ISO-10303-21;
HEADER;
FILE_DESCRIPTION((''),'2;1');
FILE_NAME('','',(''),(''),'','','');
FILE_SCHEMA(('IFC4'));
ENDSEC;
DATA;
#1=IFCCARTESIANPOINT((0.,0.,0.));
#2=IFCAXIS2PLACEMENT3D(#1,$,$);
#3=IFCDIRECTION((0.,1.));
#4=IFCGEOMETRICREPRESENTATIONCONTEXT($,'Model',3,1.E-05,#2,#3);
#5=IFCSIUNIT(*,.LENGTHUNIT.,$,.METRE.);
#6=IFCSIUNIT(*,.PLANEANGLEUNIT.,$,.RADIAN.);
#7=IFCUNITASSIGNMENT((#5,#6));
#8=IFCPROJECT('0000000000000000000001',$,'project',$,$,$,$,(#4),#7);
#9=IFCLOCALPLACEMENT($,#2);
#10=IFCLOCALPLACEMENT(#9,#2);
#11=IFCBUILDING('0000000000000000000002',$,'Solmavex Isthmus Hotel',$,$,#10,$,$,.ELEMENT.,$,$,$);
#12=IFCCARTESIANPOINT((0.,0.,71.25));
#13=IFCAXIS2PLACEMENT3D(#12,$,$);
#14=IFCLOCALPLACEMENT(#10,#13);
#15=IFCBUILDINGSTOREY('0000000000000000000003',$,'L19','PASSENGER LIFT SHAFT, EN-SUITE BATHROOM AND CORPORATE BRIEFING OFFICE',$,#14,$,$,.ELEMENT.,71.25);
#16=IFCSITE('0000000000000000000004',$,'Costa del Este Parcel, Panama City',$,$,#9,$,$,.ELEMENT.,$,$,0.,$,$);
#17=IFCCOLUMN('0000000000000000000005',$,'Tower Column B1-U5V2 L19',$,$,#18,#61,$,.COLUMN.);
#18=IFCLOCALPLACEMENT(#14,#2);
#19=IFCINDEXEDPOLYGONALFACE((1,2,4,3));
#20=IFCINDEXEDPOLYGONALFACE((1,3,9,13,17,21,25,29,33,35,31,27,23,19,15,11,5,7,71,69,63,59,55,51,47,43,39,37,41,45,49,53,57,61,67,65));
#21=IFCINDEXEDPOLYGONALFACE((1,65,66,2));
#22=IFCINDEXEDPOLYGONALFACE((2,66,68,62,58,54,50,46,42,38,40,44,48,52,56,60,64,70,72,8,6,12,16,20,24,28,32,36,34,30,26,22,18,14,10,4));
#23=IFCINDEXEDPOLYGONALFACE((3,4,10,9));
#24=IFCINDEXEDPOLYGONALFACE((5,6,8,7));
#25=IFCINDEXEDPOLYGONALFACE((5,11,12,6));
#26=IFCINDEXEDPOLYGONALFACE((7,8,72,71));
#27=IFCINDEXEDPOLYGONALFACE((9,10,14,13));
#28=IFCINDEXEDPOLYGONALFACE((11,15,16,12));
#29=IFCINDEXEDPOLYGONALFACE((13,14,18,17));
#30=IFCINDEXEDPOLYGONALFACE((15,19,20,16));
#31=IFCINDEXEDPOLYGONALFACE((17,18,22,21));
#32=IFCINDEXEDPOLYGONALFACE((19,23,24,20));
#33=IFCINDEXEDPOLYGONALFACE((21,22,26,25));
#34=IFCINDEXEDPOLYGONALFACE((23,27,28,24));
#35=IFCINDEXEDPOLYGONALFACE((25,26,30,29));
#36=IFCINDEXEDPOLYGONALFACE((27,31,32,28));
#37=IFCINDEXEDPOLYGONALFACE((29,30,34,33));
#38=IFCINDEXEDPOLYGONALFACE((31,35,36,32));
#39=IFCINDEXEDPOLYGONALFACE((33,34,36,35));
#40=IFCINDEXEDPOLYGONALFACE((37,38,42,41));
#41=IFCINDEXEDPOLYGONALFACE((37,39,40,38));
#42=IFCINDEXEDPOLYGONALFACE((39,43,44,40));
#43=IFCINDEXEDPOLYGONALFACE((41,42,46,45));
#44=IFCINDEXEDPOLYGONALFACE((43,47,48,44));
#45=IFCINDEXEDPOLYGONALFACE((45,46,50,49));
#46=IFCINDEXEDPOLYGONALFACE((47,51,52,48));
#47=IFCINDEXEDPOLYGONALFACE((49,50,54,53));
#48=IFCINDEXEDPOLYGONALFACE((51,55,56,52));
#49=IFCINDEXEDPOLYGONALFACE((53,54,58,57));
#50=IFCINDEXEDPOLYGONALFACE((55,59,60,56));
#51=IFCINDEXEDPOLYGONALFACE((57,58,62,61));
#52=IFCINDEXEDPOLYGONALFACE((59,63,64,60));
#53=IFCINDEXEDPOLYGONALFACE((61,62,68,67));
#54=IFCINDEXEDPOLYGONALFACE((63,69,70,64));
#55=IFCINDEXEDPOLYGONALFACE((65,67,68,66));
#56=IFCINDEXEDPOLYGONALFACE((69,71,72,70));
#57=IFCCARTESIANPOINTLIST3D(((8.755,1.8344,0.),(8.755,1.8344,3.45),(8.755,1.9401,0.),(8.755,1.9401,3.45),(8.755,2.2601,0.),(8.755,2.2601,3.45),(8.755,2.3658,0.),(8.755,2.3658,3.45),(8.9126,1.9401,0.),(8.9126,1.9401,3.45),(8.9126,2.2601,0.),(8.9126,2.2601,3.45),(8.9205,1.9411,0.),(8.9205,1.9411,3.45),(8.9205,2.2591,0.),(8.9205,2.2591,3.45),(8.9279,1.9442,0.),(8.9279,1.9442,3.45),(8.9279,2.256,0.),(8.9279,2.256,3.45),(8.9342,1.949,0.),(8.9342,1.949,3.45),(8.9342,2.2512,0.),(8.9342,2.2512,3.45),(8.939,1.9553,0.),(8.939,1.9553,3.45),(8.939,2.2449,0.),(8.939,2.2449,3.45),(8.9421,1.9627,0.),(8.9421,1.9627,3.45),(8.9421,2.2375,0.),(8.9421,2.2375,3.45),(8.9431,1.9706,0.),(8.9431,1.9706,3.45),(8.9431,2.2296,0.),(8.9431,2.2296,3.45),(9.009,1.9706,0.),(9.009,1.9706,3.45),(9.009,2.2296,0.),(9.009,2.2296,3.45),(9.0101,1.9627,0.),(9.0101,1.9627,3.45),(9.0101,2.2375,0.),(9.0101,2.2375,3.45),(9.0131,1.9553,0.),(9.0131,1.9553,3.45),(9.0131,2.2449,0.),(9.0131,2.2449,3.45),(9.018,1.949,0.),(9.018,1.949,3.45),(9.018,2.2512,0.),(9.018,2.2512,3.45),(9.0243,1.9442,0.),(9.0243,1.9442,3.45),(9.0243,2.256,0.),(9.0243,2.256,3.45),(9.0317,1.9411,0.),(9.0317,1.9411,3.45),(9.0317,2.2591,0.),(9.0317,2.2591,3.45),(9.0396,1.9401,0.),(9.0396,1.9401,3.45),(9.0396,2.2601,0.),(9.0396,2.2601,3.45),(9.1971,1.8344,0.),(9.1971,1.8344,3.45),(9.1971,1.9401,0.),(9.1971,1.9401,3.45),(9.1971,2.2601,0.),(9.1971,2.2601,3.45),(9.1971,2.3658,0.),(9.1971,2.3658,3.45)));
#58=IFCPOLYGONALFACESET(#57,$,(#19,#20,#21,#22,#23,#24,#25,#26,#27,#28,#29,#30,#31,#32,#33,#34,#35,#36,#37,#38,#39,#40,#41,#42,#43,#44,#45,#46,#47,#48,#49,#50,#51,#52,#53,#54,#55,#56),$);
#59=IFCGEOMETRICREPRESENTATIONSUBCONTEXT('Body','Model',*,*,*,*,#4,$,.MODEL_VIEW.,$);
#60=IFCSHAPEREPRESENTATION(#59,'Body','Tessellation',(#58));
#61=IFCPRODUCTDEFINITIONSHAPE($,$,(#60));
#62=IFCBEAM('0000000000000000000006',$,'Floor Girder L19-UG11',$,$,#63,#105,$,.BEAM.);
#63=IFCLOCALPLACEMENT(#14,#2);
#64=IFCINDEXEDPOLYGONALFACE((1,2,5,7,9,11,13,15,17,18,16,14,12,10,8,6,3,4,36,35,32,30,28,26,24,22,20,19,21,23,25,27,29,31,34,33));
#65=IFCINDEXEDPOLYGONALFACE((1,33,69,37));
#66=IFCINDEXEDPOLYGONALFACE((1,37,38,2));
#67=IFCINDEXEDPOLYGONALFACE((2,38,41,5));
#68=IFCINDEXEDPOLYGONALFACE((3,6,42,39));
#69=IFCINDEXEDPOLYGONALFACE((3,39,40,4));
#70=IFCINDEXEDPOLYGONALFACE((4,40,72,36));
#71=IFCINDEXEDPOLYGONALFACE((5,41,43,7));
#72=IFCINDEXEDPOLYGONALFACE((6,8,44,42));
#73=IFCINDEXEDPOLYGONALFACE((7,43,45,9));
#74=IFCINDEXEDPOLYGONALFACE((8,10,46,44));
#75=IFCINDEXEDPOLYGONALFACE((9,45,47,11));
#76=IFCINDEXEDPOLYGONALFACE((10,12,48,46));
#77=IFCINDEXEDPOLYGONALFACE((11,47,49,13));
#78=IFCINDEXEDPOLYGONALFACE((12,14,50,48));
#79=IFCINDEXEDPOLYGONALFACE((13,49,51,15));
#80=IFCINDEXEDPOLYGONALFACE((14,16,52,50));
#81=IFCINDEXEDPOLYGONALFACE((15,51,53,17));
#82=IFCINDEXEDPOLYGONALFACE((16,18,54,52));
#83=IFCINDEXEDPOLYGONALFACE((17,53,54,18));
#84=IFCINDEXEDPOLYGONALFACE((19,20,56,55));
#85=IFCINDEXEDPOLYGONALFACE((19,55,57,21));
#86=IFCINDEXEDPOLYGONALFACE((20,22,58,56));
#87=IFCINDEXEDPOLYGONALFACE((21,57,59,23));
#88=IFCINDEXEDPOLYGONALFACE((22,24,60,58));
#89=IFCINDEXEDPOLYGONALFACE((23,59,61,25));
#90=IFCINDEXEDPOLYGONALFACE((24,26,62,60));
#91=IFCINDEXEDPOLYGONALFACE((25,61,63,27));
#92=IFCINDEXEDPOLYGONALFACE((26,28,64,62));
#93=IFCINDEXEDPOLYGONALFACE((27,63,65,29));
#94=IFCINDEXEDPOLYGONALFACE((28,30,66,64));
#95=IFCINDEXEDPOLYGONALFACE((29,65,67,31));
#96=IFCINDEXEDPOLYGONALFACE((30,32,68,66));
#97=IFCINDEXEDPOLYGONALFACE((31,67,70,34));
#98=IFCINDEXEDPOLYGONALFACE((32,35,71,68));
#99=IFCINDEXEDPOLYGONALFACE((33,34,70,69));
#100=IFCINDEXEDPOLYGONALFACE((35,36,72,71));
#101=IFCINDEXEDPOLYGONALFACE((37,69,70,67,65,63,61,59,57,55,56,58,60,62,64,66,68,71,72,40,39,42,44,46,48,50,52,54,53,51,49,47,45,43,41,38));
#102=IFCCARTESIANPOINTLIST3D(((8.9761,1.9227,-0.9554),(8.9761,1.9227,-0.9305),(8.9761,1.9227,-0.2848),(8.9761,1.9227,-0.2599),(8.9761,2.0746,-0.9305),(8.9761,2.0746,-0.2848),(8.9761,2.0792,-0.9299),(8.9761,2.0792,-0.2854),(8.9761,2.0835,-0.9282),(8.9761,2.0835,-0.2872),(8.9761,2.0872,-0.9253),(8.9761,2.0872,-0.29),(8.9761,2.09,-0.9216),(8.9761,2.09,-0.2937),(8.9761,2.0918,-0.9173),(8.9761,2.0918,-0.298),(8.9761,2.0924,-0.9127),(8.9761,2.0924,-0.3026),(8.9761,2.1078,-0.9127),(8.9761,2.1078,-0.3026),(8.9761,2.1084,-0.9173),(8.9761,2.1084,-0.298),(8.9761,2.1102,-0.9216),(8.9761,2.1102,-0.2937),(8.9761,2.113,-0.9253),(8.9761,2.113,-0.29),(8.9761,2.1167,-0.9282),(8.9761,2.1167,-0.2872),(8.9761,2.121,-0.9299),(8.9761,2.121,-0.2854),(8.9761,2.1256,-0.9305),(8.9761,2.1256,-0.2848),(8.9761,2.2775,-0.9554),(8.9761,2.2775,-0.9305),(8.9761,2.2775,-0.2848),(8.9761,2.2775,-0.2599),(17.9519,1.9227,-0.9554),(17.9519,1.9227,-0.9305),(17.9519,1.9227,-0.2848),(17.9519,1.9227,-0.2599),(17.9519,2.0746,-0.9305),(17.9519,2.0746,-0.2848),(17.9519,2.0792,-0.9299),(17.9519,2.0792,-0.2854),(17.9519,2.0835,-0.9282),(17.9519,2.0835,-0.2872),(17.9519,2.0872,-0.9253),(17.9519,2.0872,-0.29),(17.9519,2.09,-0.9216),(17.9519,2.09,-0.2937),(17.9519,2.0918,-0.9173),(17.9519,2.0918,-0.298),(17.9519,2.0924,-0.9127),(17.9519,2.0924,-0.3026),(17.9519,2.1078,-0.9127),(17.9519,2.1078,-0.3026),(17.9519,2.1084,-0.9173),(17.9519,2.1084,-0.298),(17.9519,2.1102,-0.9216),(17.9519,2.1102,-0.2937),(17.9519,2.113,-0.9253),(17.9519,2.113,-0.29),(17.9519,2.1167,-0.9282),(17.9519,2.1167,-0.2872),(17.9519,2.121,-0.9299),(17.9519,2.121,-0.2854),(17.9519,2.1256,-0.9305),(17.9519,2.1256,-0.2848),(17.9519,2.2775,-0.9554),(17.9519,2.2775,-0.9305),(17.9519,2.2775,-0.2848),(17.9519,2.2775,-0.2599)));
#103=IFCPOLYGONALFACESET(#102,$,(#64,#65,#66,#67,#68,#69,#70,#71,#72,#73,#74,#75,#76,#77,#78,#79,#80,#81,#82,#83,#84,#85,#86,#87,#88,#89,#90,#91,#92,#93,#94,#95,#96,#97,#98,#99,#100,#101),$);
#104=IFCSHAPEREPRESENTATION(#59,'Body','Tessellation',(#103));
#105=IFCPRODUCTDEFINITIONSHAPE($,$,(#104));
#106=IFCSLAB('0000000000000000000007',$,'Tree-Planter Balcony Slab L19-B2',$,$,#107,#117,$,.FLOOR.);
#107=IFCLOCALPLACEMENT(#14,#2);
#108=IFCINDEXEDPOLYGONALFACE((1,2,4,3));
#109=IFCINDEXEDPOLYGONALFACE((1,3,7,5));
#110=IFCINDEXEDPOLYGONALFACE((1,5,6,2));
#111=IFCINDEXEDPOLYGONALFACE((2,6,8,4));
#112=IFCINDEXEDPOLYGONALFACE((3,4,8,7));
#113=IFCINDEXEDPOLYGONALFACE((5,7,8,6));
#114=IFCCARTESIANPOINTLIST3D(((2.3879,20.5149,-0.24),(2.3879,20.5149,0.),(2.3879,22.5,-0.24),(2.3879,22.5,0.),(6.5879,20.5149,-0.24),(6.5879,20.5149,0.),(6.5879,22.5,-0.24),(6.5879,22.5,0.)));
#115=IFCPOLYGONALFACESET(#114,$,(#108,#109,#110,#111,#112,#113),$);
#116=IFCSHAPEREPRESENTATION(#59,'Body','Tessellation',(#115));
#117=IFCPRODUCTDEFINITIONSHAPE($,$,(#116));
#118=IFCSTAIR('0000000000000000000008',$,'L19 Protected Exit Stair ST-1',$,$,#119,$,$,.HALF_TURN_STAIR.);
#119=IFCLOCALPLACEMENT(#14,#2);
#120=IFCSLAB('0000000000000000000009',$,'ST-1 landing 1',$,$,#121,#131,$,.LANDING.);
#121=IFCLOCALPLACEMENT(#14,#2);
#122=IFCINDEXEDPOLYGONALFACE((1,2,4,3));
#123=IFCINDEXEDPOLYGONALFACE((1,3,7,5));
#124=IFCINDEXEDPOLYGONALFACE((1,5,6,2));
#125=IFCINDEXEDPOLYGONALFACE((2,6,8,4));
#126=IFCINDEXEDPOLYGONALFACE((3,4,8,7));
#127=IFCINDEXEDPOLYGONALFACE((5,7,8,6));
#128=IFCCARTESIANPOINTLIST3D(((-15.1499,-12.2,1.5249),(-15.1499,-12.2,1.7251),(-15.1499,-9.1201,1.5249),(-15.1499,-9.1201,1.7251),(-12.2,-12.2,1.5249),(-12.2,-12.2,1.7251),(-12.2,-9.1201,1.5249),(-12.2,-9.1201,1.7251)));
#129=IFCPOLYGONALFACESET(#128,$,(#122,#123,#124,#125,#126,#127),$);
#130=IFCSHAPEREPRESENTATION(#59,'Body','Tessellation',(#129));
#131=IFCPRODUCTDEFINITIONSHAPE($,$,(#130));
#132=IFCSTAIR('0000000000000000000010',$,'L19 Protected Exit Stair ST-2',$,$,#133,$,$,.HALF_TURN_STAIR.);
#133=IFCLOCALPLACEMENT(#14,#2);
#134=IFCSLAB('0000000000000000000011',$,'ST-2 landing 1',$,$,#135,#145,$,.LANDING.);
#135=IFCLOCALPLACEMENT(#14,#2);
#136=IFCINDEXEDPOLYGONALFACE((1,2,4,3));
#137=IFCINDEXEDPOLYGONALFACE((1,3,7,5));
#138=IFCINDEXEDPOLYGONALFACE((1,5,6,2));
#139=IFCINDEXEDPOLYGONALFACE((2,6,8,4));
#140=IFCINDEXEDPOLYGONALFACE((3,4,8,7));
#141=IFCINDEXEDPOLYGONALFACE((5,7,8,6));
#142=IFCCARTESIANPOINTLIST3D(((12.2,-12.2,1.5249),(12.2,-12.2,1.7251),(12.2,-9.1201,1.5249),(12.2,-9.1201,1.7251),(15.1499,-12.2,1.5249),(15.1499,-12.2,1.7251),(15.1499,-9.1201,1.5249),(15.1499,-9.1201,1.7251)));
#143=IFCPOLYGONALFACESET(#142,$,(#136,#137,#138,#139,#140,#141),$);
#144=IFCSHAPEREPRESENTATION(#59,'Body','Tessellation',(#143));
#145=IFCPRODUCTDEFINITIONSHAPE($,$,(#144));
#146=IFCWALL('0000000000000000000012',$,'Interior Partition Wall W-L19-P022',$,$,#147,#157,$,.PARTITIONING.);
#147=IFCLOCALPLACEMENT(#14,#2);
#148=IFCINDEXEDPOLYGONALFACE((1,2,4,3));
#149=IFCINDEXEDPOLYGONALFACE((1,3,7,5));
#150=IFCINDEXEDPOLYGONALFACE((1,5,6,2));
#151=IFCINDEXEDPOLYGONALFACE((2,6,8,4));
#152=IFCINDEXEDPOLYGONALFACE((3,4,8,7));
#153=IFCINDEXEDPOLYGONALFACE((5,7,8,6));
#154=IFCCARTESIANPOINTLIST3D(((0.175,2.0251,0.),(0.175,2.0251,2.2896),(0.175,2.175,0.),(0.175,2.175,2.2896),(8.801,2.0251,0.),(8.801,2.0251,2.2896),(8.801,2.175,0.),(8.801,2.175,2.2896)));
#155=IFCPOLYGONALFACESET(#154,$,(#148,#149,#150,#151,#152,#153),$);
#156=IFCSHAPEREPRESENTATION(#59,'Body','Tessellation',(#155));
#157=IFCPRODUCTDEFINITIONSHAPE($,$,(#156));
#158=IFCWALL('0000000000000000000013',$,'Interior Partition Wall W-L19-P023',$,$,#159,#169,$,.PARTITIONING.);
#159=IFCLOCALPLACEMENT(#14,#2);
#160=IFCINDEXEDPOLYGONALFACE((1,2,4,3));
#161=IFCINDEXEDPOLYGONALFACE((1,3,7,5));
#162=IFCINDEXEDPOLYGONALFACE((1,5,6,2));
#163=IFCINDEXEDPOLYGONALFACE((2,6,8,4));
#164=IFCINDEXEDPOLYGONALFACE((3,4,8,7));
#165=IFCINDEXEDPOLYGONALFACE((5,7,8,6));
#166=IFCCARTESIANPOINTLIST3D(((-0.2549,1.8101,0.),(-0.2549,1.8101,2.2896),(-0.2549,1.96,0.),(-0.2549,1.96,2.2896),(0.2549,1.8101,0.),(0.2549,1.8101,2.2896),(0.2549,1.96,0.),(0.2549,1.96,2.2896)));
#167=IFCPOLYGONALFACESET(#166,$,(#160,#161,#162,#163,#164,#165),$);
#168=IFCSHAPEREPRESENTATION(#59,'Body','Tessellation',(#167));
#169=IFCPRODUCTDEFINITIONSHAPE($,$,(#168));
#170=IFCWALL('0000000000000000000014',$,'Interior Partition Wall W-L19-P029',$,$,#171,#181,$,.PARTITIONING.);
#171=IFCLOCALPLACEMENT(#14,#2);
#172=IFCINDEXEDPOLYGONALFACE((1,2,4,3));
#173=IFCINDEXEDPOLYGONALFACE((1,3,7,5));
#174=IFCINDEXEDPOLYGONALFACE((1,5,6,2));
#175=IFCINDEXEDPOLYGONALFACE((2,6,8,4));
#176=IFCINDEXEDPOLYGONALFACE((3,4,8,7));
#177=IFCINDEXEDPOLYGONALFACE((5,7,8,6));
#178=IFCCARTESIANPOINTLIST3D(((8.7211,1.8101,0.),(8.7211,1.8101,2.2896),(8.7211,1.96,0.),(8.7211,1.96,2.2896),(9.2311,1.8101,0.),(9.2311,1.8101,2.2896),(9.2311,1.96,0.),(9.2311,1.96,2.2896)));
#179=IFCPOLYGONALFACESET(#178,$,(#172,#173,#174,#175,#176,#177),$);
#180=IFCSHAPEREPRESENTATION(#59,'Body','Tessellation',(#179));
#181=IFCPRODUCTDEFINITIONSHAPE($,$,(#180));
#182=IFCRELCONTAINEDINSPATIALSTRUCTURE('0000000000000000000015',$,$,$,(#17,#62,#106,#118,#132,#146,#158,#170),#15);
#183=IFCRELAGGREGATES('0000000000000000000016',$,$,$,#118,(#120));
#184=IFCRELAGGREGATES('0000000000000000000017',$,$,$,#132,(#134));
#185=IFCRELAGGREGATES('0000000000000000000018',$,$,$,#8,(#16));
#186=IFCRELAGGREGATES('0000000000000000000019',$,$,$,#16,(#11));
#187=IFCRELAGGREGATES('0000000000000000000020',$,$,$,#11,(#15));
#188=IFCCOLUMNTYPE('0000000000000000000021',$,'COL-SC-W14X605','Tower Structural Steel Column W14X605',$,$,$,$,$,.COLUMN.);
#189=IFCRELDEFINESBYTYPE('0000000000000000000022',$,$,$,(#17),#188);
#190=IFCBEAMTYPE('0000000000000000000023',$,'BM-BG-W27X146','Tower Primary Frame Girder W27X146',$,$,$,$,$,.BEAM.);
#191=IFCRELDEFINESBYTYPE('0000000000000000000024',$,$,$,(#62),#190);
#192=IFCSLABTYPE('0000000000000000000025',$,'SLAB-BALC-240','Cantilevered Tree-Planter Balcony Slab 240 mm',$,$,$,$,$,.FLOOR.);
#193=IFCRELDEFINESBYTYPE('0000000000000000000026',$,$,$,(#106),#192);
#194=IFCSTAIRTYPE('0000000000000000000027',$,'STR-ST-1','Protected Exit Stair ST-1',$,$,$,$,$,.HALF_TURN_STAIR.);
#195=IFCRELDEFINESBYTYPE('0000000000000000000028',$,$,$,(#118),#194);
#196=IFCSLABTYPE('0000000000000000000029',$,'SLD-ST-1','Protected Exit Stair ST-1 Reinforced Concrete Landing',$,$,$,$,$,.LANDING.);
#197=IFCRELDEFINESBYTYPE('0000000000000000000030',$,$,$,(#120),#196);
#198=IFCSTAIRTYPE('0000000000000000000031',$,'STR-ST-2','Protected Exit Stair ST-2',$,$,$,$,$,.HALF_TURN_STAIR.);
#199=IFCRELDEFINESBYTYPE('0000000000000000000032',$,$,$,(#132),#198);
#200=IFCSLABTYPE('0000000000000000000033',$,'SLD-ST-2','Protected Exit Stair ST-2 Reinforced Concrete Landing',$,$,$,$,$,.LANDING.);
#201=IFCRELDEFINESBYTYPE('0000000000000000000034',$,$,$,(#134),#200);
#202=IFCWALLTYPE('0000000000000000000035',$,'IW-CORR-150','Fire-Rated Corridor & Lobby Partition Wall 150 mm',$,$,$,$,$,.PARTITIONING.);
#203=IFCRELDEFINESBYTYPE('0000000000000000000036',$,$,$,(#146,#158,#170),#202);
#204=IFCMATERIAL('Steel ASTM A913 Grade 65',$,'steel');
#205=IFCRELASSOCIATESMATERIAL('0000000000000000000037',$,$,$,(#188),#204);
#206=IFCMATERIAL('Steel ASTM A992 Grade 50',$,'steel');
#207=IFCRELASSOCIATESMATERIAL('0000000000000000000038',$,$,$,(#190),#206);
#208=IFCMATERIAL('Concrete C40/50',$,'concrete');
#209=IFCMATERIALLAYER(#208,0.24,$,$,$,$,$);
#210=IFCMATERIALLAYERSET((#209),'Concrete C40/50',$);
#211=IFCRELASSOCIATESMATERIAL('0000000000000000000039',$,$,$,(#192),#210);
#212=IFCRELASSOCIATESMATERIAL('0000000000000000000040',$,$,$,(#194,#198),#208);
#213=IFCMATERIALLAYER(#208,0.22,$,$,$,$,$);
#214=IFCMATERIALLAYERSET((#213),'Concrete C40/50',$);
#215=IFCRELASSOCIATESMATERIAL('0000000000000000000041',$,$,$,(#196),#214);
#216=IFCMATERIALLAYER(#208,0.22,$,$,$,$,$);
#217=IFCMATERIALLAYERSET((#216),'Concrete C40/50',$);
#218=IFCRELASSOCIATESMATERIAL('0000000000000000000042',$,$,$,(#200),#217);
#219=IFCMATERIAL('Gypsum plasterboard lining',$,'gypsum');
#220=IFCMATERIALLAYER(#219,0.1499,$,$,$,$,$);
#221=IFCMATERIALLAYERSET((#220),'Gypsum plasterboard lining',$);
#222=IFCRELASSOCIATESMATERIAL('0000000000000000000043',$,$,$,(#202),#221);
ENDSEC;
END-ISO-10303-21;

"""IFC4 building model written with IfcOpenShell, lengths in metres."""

from ifc_helpers import new_model, si_unit, direction, frame, frame_2d, origin, origin_2d, place, context, subcontext, project, spatial, polyline, rectangle, i_section, outline, extrude, material, layer, layer_set, material_profile, profile_set, type_object, element, aggregate, save


model = new_model("IFC4")

# Units and contexts
model_context = context("Model", 3, precision=1e-05, world=origin(), true_north=direction((0.0, 1.0)))
body_context = subcontext(model_context, "Body", "Model", "MODEL_VIEW")
ifc_project = project(units=[si_unit("LENGTHUNIT", "METRE"), si_unit("PLANEANGLEUNIT", "RADIAN")], contexts=[model_context])

# Site, building, storey
site_placement = place(None, origin())
site = spatial("IfcSite", under=ifc_project, at=site_placement, Name="Costa del Este Parcel, Panama City", CompositionType="ELEMENT", RefElevation=0.0)
building_placement = place(site_placement, origin())
building = spatial("IfcBuilding", under=site, at=building_placement, Name="Solmavex Isthmus Hotel", CompositionType="ELEMENT")
storey_placement = place(building_placement, frame((0.0, 0.0, 71.25)))
storey = spatial("IfcBuildingStorey", under=building, at=storey_placement, Name="L19", Description="PASSENGER LIFT SHAFT, EN-SUITE BATHROOM AND CORPORATE BRIEFING OFFICE", CompositionType="ELEMENT", Elevation=71.25)

# Column
ifc_material_1 = material(Name="Steel ASTM A913 Grade 65", Category="steel")
ifc_material_profile_1 = material_profile(ifc_material_1, i_section(OverallWidth=0.4421, OverallDepth=0.5315, WebThickness=0.0659, FlangeThickness=0.1057, FilletRadius=0.0305, at=origin_2d()), Name="W14X605")
ifc_profile_set_1 = profile_set([ifc_material_profile_1], Name="Steel ASTM A913 Grade 65")
column_type = type_object("IfcColumnType", Name="COL-SC-W14X605", Description="Tower Structural Steel Column W14X605", PredefinedType="COLUMN", material=ifc_profile_set_1)
column_placement = place(storey_placement, frame((8.9761, 2.1001, 0.0), z_axis=(0.0, 0.0, 1.0), x_axis=(1.0, 0.0, 0.0)))
element("IfcColumn", 1, at=column_placement, inside=storey, type_object=column_type, Name="Tower Column B1-U5V2 L19", PredefinedType="COLUMN", context=body_context, shape_type="SweptSolid", body=[
    extrude(i_section(OverallWidth=0.4421, OverallDepth=0.5315, WebThickness=0.0659, FlangeThickness=0.1057, FilletRadius=0.0305, at=origin_2d()), origin(), (0.0, 0.0, 1.0), 3.45),
])

# Beam
ifc_material_2 = material(Name="Steel ASTM A992 Grade 50", Category="steel")
ifc_material_profile_2 = material_profile(ifc_material_2, i_section(OverallWidth=0.3547, OverallDepth=0.6956, WebThickness=0.0154, FlangeThickness=0.0249, FilletRadius=0.0178, at=origin_2d()), Name="W27X146")
ifc_profile_set_2 = profile_set([ifc_material_profile_2], Name="Steel ASTM A992 Grade 50")
beam_type = type_object("IfcBeamType", Name="BM-BG-W27X146", Description="Tower Primary Frame Girder W27X146", PredefinedType="BEAM", material=ifc_profile_set_2)
beam_placement = place(storey_placement, frame((8.9761, 2.1001, -0.6077), z_axis=(1.0, 0.0, 0.0), x_axis=(0.0, 1.0, 0.0)))
element("IfcBeam", 2, at=beam_placement, inside=storey, type_object=beam_type, Name="Floor Girder L19-UG11", PredefinedType="BEAM", context=body_context, shape_type="SweptSolid", body=[
    extrude(i_section(OverallWidth=0.3547, OverallDepth=0.6956, WebThickness=0.0154, FlangeThickness=0.0249, FilletRadius=0.0178, at=origin_2d()), origin(), (0.0, 0.0, 1.0), 8.9758),
])

# Slab
ifc_material_3 = material(Name="Concrete C40/50", Category="concrete")
ifc_layer_1 = layer(ifc_material_3, 0.24)
ifc_layer_set_1 = layer_set([ifc_layer_1], Name="Concrete C40/50")
slab_type_1 = type_object("IfcSlabType", Name="SLAB-BALC-240", Description="Cantilevered Tree-Planter Balcony Slab 240 mm", PredefinedType="FLOOR", material=ifc_layer_set_1)
slab_1_placement = place(storey_placement, frame((0.0, 0.0, -0.24)))
element("IfcSlab", 3, at=slab_1_placement, inside=storey, type_object=slab_type_1, Name="Tree-Planter Balcony Slab L19-B2", PredefinedType="FLOOR", context=body_context, shape_type="SweptSolid", body=[
    extrude(outline(polyline([(2.3879, 20.5149), (6.5879, 20.5149), (6.5879, 22.5), (2.3879, 22.5), (2.3879, 20.5149)])), origin(), (0.0, 0.0, 1.0), 0.24),
])

# Stairs, slabs
stair_type_1 = type_object("IfcStairType", Name="STR-ST-1", Description="Protected Exit Stair ST-1", PredefinedType="HALF_TURN_STAIR", material=ifc_material_3)
stair_1_placement = place(storey_placement, origin())
stair_1 = element("IfcStair", 4, at=stair_1_placement, inside=storey, type_object=stair_type_1, Name="L19 Protected Exit Stair ST-1", PredefinedType="HALF_TURN_STAIR")
ifc_layer_2 = layer(ifc_material_3, 0.22)
ifc_layer_set_2 = layer_set([ifc_layer_2], Name="Concrete C40/50")
slab_type_2 = type_object("IfcSlabType", Name="SLD-ST-1", Description="Protected Exit Stair ST-1 Reinforced Concrete Landing", PredefinedType="LANDING", material=ifc_layer_set_2)
slab_2_placement = place(storey_placement, frame((0.0, 0.0, 1.5249)))
slab_2 = element("IfcSlab", 5, at=slab_2_placement, type_object=slab_type_2, Name="ST-1 landing 1", PredefinedType="LANDING", context=body_context, shape_type="SweptSolid", body=[
    extrude(outline(polyline([(-15.1499, -9.1201), (-15.1499, -12.2), (-12.2, -12.2), (-12.2, -9.1201), (-15.1499, -9.1201)])), origin(), (0.0, 0.0, 1.0), 0.2002),
])
aggregate(stair_1, [slab_2])
stair_type_2 = type_object("IfcStairType", Name="STR-ST-2", Description="Protected Exit Stair ST-2", PredefinedType="HALF_TURN_STAIR", material=ifc_material_3)
stair_2_placement = place(storey_placement, origin())
stair_2 = element("IfcStair", 6, at=stair_2_placement, inside=storey, type_object=stair_type_2, Name="L19 Protected Exit Stair ST-2", PredefinedType="HALF_TURN_STAIR")
ifc_layer_3 = layer(ifc_material_3, 0.22)
ifc_layer_set_3 = layer_set([ifc_layer_3], Name="Concrete C40/50")
slab_type_3 = type_object("IfcSlabType", Name="SLD-ST-2", Description="Protected Exit Stair ST-2 Reinforced Concrete Landing", PredefinedType="LANDING", material=ifc_layer_set_3)
slab_3_placement = place(storey_placement, frame((0.0, 0.0, 1.5249)))
slab_3 = element("IfcSlab", 7, at=slab_3_placement, type_object=slab_type_3, Name="ST-2 landing 1", PredefinedType="LANDING", context=body_context, shape_type="SweptSolid", body=[
    extrude(outline(polyline([(12.2, -9.1201), (12.2, -12.2), (15.1499, -12.2), (15.1499, -9.1201), (12.2, -9.1201)])), origin(), (0.0, 0.0, 1.0), 0.2002),
])
aggregate(stair_2, [slab_3])

# Walls
ifc_material_4 = material(Name="Gypsum plasterboard lining", Category="gypsum")
ifc_layer_4 = layer(ifc_material_4, 0.1499)
ifc_layer_set_4 = layer_set([ifc_layer_4], Name="Gypsum plasterboard lining")
wall_type = type_object("IfcWallType", Name="IW-CORR-150", Description="Fire-Rated Corridor & Lobby Partition Wall 150 mm", PredefinedType="PARTITIONING", material=ifc_layer_set_4)
wall_1_placement = place(storey_placement, frame((8.801, 2.1001, 0.0), z_axis=(0.0, 0.0, 1.0), x_axis=(-1.0, 0.0, 0.0)))
element("IfcWall", 8, at=wall_1_placement, inside=storey, type_object=wall_type, Name="Interior Partition Wall W-L19-P022", PredefinedType="PARTITIONING", context=body_context, shape_type="SweptSolid", body=[
    extrude(rectangle(XDim=8.626, YDim=0.1499, at=frame_2d((4.313, 0.0))), origin(), (0.0, 0.0, 1.0), 2.2896),
])
wall_2_placement = place(storey_placement, frame((0.2549, 1.885, 0.0), z_axis=(0.0, 0.0, 1.0), x_axis=(-1.0, 0.0, 0.0)))
element("IfcWall", 9, at=wall_2_placement, inside=storey, type_object=wall_type, Name="Interior Partition Wall W-L19-P023", PredefinedType="PARTITIONING", context=body_context, shape_type="SweptSolid", body=[
    extrude(rectangle(XDim=0.5098, YDim=0.1499, at=frame_2d((0.2549, 0.0))), origin(), (0.0, 0.0, 1.0), 2.2896),
])
wall_3_placement = place(storey_placement, frame((9.231, 1.885, 0.0), z_axis=(0.0, 0.0, 1.0), x_axis=(-1.0, 0.0, 0.0)))
element("IfcWall", 10, at=wall_3_placement, inside=storey, type_object=wall_type, Name="Interior Partition Wall W-L19-P029", PredefinedType="PARTITIONING", context=body_context, shape_type="SweptSolid", body=[
    extrude(rectangle(XDim=0.51, YDim=0.1499, at=frame_2d((0.2549, 0.0))), origin(), (0.0, 0.0, 1.0), 2.2896),
])

save(model, "model.ifc")
